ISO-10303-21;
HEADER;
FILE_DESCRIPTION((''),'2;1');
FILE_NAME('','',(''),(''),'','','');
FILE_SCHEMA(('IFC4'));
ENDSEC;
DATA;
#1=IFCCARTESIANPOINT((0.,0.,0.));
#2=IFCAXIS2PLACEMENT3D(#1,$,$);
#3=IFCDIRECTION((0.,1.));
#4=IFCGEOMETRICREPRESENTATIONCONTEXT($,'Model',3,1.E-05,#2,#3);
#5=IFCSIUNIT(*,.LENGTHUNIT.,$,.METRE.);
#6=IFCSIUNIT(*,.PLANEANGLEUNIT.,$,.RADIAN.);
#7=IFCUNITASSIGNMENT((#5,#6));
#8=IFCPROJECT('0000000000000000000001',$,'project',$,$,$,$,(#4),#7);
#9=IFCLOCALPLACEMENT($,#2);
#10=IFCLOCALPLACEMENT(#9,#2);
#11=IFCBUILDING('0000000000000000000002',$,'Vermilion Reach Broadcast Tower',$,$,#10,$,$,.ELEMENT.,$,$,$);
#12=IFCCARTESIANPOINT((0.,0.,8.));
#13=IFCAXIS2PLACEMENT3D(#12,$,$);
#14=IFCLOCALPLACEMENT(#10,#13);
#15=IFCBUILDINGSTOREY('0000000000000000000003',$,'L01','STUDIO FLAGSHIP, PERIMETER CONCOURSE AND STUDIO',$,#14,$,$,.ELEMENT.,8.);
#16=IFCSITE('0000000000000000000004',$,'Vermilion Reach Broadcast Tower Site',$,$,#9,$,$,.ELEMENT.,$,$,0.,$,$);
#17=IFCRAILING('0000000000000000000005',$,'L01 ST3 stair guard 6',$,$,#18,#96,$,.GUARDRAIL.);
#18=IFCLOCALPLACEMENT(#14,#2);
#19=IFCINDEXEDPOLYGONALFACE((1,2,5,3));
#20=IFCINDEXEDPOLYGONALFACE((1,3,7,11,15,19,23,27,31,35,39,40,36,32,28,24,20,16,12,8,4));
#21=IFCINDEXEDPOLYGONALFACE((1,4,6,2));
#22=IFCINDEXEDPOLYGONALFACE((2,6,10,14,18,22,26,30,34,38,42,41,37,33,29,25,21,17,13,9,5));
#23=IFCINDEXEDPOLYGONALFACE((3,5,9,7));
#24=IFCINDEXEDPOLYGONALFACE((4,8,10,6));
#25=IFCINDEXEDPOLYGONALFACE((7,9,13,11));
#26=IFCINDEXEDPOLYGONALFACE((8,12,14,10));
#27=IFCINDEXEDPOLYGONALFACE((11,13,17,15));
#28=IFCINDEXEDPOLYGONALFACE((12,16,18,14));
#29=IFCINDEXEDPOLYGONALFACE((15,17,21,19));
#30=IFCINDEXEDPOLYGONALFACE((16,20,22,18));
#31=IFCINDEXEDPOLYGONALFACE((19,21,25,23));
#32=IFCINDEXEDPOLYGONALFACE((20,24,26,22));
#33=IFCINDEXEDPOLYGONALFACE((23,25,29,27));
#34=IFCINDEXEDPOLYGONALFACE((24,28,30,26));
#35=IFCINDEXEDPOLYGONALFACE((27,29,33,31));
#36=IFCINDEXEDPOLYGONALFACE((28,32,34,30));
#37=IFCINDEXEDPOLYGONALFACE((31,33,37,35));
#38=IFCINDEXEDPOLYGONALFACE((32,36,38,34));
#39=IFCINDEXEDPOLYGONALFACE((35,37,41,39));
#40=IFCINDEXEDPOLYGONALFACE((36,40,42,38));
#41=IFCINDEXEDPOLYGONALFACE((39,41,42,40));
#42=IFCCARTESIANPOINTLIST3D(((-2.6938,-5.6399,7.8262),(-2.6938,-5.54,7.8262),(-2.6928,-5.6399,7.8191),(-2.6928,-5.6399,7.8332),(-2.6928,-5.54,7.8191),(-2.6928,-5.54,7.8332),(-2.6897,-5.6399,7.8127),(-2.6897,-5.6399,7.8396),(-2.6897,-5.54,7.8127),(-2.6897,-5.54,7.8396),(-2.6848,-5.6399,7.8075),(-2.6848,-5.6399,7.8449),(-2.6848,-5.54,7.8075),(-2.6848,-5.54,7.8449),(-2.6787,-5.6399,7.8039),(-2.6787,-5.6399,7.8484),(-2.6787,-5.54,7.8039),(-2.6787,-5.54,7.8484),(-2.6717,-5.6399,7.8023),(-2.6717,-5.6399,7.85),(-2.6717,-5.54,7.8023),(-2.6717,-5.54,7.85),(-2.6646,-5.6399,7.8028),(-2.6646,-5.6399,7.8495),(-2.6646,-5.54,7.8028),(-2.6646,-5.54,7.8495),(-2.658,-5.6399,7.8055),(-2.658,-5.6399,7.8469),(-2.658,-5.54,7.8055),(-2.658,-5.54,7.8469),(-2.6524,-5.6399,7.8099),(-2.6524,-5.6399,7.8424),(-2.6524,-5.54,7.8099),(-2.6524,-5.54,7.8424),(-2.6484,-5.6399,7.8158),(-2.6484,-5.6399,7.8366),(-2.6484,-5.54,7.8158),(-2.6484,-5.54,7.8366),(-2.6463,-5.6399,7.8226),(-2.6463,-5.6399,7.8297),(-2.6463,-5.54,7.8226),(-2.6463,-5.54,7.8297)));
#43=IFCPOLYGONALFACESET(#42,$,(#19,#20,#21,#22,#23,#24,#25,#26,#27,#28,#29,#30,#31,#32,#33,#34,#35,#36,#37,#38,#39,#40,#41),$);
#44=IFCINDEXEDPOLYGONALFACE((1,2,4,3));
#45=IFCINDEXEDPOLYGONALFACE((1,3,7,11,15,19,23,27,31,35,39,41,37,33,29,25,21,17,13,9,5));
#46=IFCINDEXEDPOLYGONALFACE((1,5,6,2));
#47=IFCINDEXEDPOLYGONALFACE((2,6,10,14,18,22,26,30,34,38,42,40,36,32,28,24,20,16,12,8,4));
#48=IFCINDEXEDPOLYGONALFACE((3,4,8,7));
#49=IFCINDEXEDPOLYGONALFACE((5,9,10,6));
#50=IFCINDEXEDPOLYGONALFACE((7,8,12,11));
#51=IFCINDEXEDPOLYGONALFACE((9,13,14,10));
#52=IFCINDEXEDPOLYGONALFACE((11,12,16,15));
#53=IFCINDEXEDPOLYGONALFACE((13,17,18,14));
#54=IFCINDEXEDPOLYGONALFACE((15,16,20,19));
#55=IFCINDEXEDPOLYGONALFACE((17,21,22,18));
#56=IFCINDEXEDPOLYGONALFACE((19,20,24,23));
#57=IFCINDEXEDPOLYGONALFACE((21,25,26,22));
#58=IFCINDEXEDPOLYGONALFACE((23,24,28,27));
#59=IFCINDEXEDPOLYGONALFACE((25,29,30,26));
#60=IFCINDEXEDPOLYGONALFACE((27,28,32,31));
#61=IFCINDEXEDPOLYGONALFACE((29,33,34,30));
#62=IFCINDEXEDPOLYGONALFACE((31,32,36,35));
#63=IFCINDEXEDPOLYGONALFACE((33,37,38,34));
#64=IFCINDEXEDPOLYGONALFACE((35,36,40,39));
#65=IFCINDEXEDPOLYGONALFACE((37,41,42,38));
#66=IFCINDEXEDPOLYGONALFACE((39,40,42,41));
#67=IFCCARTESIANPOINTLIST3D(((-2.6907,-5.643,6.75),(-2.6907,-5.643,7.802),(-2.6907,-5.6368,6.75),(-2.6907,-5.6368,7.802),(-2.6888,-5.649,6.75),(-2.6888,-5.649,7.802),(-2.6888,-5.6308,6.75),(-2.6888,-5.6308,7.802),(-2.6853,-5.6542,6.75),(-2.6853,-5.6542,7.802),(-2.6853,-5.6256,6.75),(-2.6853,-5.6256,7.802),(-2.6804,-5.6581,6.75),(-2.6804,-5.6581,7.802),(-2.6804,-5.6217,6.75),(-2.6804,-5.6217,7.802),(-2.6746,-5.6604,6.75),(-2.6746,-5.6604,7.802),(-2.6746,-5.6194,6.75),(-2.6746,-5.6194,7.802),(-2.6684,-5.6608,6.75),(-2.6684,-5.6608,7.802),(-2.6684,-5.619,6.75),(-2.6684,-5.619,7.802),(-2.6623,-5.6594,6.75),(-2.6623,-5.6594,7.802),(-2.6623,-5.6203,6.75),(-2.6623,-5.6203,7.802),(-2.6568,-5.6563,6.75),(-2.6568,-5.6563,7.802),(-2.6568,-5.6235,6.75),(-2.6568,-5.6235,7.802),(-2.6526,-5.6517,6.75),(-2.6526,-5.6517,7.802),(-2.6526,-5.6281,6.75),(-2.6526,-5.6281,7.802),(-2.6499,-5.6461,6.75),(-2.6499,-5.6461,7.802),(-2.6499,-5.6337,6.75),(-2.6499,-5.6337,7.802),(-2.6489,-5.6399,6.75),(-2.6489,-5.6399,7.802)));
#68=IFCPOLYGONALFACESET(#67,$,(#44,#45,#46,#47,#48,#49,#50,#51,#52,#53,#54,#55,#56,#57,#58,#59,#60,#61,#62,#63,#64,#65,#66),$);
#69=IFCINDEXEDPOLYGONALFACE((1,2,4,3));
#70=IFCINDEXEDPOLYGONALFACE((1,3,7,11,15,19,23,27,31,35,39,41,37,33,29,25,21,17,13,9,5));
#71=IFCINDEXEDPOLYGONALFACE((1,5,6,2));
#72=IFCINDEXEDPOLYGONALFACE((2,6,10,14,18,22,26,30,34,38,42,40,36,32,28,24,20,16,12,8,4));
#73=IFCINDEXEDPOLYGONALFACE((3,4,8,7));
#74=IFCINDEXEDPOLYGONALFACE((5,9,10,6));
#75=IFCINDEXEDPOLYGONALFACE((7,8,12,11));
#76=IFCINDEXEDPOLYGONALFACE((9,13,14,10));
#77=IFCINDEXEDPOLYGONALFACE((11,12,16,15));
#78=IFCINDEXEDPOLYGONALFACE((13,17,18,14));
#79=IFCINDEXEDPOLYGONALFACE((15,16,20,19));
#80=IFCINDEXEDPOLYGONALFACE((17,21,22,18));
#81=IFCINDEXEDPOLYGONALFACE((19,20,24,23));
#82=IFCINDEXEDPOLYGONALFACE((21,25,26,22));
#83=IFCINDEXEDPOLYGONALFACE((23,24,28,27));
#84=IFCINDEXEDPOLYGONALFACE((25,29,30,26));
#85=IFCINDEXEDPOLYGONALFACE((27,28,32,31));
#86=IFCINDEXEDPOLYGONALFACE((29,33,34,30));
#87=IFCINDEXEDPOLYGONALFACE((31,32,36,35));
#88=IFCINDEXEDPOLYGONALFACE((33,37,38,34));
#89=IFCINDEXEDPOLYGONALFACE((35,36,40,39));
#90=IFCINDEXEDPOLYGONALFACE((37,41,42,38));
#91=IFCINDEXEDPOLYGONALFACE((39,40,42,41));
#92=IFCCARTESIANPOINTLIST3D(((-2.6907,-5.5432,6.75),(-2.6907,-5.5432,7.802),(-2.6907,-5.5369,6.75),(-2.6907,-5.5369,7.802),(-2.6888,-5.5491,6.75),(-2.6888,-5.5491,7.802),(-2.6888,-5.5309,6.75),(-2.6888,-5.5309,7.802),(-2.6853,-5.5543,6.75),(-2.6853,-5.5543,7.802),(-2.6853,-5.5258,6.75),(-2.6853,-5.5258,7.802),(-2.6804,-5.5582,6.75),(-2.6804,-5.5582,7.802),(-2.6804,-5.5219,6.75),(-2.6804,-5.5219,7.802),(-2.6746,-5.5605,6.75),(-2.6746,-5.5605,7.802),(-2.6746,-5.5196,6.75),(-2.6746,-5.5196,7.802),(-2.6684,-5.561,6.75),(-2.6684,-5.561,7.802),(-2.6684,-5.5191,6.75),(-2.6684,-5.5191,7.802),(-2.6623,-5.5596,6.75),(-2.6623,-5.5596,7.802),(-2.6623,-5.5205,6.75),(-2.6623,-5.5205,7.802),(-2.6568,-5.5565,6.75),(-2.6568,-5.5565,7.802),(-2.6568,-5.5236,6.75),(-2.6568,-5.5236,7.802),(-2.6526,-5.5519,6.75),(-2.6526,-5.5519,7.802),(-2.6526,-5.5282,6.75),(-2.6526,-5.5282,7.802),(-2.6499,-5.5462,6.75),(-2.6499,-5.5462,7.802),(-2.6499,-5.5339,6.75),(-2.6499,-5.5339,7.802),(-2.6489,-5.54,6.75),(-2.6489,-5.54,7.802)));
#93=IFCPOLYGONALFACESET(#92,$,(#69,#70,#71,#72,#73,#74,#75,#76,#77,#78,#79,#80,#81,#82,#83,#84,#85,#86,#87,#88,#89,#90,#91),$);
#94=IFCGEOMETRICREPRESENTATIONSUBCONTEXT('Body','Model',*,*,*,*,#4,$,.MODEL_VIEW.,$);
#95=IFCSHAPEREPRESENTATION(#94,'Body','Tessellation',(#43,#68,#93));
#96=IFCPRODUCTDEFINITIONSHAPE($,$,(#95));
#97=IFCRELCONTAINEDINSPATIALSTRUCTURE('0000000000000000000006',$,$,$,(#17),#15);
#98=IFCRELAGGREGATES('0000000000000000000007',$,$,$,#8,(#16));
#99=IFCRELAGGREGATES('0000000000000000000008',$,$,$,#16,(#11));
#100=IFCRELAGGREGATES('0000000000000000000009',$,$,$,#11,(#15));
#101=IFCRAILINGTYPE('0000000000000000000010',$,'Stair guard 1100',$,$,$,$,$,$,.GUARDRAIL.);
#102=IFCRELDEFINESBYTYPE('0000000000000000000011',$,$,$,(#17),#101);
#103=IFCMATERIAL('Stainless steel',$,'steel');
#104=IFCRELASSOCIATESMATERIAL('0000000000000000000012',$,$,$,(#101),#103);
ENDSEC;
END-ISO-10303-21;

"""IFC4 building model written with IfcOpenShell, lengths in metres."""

from ifc_helpers import new_model, si_unit, direction, frame, origin, origin_2d, place, context, subcontext, project, spatial, circle, extrude, material, type_object, element, save


model = new_model("IFC4")

# Units and contexts
model_context = context("Model", 3, precision=1e-05, world=origin(), true_north=direction((0.0, 1.0)))
body_context = subcontext(model_context, "Body", "Model", "MODEL_VIEW")
ifc_project = project(units=[si_unit("LENGTHUNIT", "METRE"), si_unit("PLANEANGLEUNIT", "RADIAN")], contexts=[model_context])

# Site, building, storey
site_placement = place(None, origin())
site = spatial("IfcSite", under=ifc_project, at=site_placement, Name="Vermilion Reach Broadcast Tower Site", CompositionType="ELEMENT", RefElevation=0.0)
building_placement = place(site_placement, origin())
building = spatial("IfcBuilding", under=site, at=building_placement, Name="Vermilion Reach Broadcast Tower", CompositionType="ELEMENT")
storey_placement = place(building_placement, frame((0.0, 0.0, 8.0)))
storey = spatial("IfcBuildingStorey", under=building, at=storey_placement, Name="L01", Description="STUDIO FLAGSHIP, PERIMETER CONCOURSE AND STUDIO", CompositionType="ELEMENT", Elevation=8.0)

# Railing
ifc_material_1 = material(Name="Stainless steel", Category="steel")
railing_type_1 = type_object("IfcRailingType", Name="Stair guard 1100", PredefinedType="GUARDRAIL", material=ifc_material_1)
railing_1_placement = place(storey_placement, frame((-2.6699, -5.6399, 6.75)))
element("IfcRailing", 1, at=railing_1_placement, inside=storey, type_object=railing_type_1, Name="L01 ST3 stair guard 6", PredefinedType="GUARDRAIL", context=body_context, shape_type="SweptSolid", body=[
    extrude(circle(Radius=0.0239, at=origin_2d()), frame((0.0, 0.0, 1.0762), z_axis=(0.0, 1.0, 0.0), x_axis=(-1.0, 0.0, 0.0)), (0.0, 0.0, 1.0), 0.0999),
    extrude(circle(Radius=0.021, at=origin_2d()), origin(), (0.0, 0.0, 1.0), 1.052),
    extrude(circle(Radius=0.021, at=origin_2d()), frame((0.0, 0.0999, 0.0)), (0.0, 0.0, 1.0), 1.052),
])

save(model, "model.ifc")
